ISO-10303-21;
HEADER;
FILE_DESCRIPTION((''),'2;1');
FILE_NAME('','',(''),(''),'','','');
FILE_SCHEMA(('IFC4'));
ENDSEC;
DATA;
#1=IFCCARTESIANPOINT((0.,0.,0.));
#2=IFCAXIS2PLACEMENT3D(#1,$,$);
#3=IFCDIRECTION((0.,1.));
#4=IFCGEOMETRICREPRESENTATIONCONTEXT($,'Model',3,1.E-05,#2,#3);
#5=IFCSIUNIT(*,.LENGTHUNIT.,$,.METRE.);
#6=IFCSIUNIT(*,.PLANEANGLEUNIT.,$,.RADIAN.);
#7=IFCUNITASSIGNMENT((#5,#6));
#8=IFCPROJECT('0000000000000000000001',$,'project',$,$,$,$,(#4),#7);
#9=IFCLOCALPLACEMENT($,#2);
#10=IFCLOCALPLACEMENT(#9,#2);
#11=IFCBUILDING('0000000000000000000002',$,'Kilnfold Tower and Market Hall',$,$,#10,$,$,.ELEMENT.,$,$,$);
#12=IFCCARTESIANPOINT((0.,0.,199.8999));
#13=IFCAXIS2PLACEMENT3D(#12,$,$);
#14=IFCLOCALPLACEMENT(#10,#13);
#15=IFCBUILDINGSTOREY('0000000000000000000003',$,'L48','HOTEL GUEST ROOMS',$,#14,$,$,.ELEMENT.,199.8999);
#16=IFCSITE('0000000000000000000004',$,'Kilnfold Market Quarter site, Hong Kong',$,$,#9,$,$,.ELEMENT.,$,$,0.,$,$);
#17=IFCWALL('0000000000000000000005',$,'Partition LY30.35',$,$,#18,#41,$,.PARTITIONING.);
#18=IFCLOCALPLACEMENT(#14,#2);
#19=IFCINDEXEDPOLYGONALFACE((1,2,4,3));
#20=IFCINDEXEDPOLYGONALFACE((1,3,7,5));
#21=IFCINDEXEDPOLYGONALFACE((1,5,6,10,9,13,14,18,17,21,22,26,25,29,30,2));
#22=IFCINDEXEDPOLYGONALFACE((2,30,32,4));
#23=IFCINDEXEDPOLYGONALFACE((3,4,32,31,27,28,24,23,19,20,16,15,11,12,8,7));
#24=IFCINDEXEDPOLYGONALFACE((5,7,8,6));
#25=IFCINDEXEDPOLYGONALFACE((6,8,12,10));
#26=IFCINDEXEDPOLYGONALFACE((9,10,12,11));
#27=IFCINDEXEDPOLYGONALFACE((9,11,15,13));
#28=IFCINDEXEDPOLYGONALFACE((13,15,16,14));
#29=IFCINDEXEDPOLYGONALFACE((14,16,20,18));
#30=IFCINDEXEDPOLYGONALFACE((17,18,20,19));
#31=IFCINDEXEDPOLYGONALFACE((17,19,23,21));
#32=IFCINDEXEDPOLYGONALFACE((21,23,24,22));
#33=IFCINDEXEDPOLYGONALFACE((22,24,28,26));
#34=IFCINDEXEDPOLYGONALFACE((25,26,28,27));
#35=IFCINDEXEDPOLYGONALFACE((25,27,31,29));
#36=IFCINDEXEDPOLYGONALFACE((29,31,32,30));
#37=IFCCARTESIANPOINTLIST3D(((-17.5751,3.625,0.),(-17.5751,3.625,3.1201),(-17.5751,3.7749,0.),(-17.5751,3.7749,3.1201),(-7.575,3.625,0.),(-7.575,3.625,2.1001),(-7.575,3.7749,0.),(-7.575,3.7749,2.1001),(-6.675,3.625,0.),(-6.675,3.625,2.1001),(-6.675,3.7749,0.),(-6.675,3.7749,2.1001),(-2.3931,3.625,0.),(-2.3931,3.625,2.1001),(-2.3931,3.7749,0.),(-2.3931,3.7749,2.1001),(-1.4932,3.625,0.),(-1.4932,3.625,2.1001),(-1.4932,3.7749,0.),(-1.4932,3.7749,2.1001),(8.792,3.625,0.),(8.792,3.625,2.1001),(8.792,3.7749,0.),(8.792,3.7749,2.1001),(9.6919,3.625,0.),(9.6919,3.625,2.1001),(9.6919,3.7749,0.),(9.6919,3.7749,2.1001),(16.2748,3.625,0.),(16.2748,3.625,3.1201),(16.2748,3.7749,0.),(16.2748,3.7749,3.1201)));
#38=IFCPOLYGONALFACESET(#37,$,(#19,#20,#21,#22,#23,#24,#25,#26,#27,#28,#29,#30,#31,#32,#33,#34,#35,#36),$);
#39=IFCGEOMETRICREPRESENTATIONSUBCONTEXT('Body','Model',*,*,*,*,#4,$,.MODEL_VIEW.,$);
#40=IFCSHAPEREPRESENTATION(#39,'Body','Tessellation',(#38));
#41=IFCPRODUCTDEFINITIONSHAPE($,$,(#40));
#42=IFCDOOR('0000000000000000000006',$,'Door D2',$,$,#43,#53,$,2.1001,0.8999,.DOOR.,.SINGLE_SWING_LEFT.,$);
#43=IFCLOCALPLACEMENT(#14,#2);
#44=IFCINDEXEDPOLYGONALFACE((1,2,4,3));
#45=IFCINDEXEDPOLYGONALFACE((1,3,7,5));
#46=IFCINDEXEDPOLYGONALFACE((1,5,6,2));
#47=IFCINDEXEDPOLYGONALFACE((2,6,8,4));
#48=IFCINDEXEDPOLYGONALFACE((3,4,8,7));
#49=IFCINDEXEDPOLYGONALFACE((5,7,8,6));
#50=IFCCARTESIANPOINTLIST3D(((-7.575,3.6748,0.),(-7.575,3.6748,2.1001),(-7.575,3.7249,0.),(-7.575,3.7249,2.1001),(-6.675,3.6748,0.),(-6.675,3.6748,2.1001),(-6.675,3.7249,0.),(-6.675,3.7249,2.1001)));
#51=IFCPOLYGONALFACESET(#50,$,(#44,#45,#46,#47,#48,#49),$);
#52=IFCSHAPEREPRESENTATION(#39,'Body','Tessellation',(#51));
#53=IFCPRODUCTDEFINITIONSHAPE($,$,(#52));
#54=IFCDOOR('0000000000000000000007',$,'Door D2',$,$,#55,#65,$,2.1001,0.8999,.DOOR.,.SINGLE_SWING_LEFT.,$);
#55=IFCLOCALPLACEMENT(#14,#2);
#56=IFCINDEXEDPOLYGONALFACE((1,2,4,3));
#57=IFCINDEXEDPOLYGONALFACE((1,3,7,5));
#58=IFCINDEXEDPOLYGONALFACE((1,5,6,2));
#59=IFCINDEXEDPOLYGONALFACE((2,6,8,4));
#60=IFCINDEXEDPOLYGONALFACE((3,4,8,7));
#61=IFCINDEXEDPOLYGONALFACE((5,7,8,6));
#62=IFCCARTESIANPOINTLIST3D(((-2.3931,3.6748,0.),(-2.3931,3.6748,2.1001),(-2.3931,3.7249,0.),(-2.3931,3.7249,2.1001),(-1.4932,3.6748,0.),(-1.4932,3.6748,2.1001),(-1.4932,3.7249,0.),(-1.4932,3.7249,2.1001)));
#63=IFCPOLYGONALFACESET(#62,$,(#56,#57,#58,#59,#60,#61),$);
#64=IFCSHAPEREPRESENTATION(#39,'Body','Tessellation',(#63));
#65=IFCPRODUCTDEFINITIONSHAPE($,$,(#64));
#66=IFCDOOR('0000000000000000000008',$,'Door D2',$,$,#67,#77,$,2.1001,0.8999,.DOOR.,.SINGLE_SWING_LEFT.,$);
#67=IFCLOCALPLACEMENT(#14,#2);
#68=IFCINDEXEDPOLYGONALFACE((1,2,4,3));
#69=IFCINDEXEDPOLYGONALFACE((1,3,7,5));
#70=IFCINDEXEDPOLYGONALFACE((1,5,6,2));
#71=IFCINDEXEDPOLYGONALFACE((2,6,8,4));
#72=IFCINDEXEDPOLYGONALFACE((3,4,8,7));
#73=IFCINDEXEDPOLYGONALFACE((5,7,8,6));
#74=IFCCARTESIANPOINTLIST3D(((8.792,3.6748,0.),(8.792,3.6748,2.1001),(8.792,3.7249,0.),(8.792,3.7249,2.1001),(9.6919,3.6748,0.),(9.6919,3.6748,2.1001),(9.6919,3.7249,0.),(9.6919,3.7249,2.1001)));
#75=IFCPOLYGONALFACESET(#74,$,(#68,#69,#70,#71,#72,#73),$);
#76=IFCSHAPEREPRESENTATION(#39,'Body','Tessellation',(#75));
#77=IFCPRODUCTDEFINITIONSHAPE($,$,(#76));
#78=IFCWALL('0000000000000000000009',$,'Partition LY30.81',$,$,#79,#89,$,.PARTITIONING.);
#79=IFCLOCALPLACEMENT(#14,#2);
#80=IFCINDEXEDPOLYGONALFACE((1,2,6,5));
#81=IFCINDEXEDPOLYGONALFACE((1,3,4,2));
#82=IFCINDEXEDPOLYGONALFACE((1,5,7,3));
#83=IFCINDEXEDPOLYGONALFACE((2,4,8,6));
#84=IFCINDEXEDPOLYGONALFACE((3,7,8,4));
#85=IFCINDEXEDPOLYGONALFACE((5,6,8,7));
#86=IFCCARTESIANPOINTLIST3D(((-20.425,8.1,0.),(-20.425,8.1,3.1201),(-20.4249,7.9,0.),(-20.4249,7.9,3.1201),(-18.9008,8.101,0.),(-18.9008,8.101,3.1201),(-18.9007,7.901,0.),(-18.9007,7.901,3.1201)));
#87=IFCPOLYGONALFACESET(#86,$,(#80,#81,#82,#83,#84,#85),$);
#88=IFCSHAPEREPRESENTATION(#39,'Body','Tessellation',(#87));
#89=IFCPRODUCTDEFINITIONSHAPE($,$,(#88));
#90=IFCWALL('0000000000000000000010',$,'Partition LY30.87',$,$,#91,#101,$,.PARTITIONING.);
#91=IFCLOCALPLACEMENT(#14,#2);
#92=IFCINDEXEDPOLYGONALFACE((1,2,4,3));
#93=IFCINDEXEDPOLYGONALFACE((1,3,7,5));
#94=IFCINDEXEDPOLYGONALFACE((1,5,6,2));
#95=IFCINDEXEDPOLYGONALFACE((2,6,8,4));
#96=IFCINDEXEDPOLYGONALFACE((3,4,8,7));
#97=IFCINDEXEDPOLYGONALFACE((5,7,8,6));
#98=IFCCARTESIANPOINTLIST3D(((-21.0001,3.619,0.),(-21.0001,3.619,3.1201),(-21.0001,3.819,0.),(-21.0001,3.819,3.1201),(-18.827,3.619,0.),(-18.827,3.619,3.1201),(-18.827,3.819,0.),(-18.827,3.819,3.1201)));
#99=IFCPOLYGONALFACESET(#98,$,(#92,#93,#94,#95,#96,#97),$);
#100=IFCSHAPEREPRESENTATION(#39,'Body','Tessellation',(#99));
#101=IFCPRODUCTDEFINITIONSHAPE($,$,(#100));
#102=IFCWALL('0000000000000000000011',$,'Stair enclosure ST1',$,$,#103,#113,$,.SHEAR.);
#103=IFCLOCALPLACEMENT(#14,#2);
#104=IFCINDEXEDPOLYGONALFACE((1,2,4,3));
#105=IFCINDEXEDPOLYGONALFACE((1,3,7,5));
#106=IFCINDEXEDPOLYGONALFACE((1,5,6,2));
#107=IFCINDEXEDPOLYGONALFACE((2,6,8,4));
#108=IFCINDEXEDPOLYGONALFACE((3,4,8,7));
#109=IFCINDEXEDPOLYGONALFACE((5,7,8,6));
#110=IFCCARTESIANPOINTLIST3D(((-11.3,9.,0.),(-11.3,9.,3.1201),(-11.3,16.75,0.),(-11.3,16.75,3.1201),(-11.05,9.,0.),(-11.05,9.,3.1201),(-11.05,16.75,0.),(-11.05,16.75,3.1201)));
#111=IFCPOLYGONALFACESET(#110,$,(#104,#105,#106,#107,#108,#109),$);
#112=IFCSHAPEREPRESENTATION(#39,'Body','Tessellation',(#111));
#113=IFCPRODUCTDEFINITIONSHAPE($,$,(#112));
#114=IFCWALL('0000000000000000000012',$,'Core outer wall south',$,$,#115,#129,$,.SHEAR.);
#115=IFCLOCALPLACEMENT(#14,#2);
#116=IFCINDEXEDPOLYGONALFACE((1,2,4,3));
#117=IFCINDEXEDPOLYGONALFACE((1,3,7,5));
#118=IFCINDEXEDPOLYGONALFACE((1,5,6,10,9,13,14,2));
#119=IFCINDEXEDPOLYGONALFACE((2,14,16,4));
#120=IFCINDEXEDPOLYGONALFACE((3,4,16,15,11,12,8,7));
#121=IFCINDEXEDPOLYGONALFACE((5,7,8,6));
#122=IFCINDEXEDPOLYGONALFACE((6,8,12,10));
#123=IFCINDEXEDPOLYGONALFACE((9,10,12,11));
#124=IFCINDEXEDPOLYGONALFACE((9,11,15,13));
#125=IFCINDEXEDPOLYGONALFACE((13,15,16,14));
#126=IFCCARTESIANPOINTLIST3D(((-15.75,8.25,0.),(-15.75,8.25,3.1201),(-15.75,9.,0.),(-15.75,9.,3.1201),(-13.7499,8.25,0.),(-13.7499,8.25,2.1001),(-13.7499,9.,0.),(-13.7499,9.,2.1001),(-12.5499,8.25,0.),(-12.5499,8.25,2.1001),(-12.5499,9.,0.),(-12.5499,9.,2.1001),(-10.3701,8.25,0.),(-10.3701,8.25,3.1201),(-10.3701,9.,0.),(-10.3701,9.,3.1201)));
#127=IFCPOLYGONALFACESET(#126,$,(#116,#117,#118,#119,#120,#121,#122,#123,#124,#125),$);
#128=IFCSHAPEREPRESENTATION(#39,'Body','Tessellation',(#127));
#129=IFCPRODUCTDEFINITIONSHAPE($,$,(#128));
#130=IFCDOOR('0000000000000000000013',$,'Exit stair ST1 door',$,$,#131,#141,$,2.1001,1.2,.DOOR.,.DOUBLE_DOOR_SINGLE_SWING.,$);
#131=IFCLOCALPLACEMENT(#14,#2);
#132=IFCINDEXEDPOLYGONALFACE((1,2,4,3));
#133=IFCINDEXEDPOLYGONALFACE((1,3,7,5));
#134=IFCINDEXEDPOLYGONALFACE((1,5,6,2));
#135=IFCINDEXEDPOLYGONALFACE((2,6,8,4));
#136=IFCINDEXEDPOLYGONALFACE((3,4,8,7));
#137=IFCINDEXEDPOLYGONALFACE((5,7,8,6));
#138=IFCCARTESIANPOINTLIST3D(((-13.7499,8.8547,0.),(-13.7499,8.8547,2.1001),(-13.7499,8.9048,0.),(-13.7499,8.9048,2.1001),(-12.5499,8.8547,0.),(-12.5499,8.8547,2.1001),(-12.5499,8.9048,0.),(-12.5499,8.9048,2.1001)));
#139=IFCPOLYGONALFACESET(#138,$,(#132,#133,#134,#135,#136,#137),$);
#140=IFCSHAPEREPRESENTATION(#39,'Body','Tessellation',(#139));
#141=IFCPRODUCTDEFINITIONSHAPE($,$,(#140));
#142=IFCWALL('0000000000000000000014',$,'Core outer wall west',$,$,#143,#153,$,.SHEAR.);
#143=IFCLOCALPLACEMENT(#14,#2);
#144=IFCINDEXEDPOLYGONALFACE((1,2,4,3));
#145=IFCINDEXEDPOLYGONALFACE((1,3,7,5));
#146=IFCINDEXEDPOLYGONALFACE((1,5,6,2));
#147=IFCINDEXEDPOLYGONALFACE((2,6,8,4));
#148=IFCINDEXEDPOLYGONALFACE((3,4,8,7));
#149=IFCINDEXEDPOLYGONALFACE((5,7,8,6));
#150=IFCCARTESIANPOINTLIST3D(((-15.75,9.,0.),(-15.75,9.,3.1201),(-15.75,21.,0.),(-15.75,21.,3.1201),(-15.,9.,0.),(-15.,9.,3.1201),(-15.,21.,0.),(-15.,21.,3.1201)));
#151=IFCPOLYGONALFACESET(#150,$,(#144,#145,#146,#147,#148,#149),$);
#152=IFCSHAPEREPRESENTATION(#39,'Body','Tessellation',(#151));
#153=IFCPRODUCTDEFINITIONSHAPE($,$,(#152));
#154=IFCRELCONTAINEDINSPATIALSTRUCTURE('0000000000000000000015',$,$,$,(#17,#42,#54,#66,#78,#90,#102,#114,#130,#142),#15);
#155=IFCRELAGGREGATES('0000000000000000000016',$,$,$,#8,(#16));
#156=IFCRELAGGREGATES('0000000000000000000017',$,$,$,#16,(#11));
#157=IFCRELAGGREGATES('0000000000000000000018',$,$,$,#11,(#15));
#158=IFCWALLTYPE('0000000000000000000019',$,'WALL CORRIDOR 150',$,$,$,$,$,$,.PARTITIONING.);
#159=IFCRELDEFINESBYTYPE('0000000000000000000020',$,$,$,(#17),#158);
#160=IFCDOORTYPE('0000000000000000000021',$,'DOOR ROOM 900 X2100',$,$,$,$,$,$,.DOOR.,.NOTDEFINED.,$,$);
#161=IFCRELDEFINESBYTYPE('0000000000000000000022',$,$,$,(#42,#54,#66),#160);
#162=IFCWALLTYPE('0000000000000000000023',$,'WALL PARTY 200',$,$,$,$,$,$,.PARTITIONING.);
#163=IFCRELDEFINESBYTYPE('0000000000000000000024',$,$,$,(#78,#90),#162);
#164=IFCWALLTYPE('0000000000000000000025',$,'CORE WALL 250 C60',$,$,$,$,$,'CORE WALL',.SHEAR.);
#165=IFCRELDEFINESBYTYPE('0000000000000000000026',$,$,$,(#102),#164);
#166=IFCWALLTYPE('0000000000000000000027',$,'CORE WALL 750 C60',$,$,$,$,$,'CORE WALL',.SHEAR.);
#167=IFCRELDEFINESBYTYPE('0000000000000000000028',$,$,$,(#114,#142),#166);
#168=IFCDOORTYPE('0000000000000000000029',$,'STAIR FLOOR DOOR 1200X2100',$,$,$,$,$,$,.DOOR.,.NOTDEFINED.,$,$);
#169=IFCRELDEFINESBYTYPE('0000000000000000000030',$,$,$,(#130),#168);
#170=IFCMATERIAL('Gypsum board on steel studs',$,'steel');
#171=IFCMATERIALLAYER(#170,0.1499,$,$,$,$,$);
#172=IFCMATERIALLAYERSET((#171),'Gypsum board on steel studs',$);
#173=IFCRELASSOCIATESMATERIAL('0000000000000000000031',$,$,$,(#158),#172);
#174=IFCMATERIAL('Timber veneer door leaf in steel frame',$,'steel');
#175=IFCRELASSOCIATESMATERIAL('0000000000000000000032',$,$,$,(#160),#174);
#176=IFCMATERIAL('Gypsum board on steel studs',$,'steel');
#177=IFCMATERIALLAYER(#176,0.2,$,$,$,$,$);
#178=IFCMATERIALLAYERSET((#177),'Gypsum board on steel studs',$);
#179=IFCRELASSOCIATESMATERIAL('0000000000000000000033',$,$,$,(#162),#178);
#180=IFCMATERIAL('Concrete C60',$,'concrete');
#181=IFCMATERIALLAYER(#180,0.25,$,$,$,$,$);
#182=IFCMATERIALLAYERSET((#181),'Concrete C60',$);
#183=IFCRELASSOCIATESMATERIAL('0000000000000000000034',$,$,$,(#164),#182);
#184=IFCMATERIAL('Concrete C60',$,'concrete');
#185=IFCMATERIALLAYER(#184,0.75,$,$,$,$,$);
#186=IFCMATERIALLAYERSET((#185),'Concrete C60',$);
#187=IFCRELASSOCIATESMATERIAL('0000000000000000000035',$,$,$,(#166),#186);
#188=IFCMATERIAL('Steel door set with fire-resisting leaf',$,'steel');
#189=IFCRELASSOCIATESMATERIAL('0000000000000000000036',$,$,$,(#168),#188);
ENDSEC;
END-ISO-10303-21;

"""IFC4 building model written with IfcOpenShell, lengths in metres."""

from ifc_helpers import new_model, si_unit, direction, frame, frame_2d, origin, place, context, subcontext, project, spatial, rectangle, extrude, source, transform, mapped, material, layer, layer_set, type_object, element, fill, save


model = new_model("IFC4")

# Units and contexts
model_context = context("Model", 3, precision=1e-05, world=origin(), true_north=direction((0.0, 1.0)))
body_context = subcontext(model_context, "Body", "Model", "MODEL_VIEW")
ifc_project = project(units=[si_unit("LENGTHUNIT", "METRE"), si_unit("PLANEANGLEUNIT", "RADIAN")], contexts=[model_context])

# Site, building, storey
site_placement = place(None, origin())
site = spatial("IfcSite", under=ifc_project, at=site_placement, Name="Kilnfold Market Quarter site, Hong Kong", CompositionType="ELEMENT", RefElevation=0.0)
building_placement = place(site_placement, origin())
building = spatial("IfcBuilding", under=site, at=building_placement, Name="Kilnfold Tower and Market Hall", CompositionType="ELEMENT")
storey_placement = place(building_placement, frame((0.0, 0.0, 199.8999)))
storey = spatial("IfcBuildingStorey", under=building, at=storey_placement, Name="L48", Description="HOTEL GUEST ROOMS", CompositionType="ELEMENT", Elevation=199.8999)

# Shared definitions
ifc_material_1 = material(Name="Gypsum board on steel studs", Category="steel")
ifc_layer_1 = layer(ifc_material_1, 0.1499)
ifc_layer_set_1 = layer_set([ifc_layer_1], Name="Gypsum board on steel studs")
wall_type_1 = type_object("IfcWallType", Name="WALL CORRIDOR 150", PredefinedType="PARTITIONING", material=ifc_layer_set_1)

# Wall, openings, doors
wall_1_placement = place(storey_placement, frame((-17.575, 3.7, 0.0), z_axis=(0.0, 0.0, 1.0), x_axis=(1.0, 0.0, 0.0)))
wall_1 = element("IfcWall", 1, at=wall_1_placement, inside=storey, type_object=wall_type_1, Name="Partition LY30.35", PredefinedType="PARTITIONING", context=body_context, shape_type="SweptSolid", body=[
    extrude(rectangle(XDim=33.8499, YDim=0.1499, at=frame_2d((16.9248, 0.0))), origin(), (0.0, 0.0, 1.0), 3.1201),
])
opening_1_placement = place(wall_1_placement, frame((10.0, 0.0, 0.0)))
opening_1 = element("IfcOpeningElement", 2, at=opening_1_placement, cuts=wall_1, PredefinedType="OPENING", context=body_context, shape_type="SweptSolid", body=[
    extrude(rectangle(XDim=0.8999, YDim=2.1001, at=frame_2d((0.45, 1.05))), frame((0.0, 0.085, 0.0), z_axis=(0.0, -1.0, 0.0), x_axis=(1.0, 0.0, 0.0)), (0.0, 0.0, 1.0), 0.1699),
])
opening_2_placement = place(wall_1_placement, frame((15.1819, 0.0, 0.0)))
opening_2 = element("IfcOpeningElement", 3, at=opening_2_placement, cuts=wall_1, PredefinedType="OPENING", context=body_context, shape_type="SweptSolid", body=[
    extrude(rectangle(XDim=0.8999, YDim=2.1001, at=frame_2d((0.45, 1.05))), frame((0.0, 0.085, 0.0), z_axis=(0.0, -1.0, 0.0), x_axis=(1.0, 0.0, 0.0)), (0.0, 0.0, 1.0), 0.1699),
])
opening_3_placement = place(wall_1_placement, frame((26.3669, 0.0, 0.0)))
opening_3 = element("IfcOpeningElement", 4, at=opening_3_placement, cuts=wall_1, PredefinedType="OPENING", context=body_context, shape_type="SweptSolid", body=[
    extrude(rectangle(XDim=0.8999, YDim=2.1001, at=frame_2d((0.45, 1.05))), frame((0.0, 0.085, 0.0), z_axis=(0.0, -1.0, 0.0), x_axis=(1.0, 0.0, 0.0)), (0.0, 0.0, 1.0), 0.1699),
])
ifc_material_2 = material(Name="Timber veneer door leaf in steel frame", Category="steel")
door_type_1 = type_object("IfcDoorType", Name="DOOR ROOM 900 X2100", OperationType="NOTDEFINED", PredefinedType="DOOR", material=ifc_material_2)
door_1_placement = place(opening_1_placement, origin())
door_1 = element("IfcDoor", 5, at=door_1_placement, inside=storey, type_object=door_type_1, Name="Door D2", OperationType="SINGLE_SWING_LEFT", OverallHeight=2.1001, OverallWidth=0.8999, PredefinedType="DOOR", context=body_context, shape_type="SweptSolid", body=[
    extrude(rectangle(XDim=0.8999, YDim=2.1001, at=frame_2d((0.45, 1.05))), frame((0.0, 0.0249, 0.0), z_axis=(0.0, -1.0, 0.0), x_axis=(1.0, 0.0, 0.0)), (0.0, 0.0, 1.0), 0.05),
])
fill(opening_1, door_1)
door_2_placement = place(opening_2_placement, origin())
door_2 = element("IfcDoor", 6, at=door_2_placement, inside=storey, type_object=door_type_1, Name="Door D2", OperationType="SINGLE_SWING_LEFT", OverallHeight=2.1001, OverallWidth=0.8999, PredefinedType="DOOR", context=body_context, shape_type="SweptSolid", body=[
    extrude(rectangle(XDim=0.8999, YDim=2.1001, at=frame_2d((0.45, 1.05))), frame((0.0, 0.0249, 0.0), z_axis=(0.0, -1.0, 0.0), x_axis=(1.0, 0.0, 0.0)), (0.0, 0.0, 1.0), 0.05),
])
fill(opening_2, door_2)
door_3_placement = place(opening_3_placement, origin())
door_3 = element("IfcDoor", 7, at=door_3_placement, inside=storey, type_object=door_type_1, Name="Door D2", OperationType="SINGLE_SWING_LEFT", OverallHeight=2.1001, OverallWidth=0.8999, PredefinedType="DOOR", context=body_context, shape_type="SweptSolid", body=[
    extrude(rectangle(XDim=0.8999, YDim=2.1001, at=frame_2d((0.45, 1.05))), frame((0.0, 0.0249, 0.0), z_axis=(0.0, -1.0, 0.0), x_axis=(1.0, 0.0, 0.0)), (0.0, 0.0, 1.0), 0.05),
])
fill(opening_3, door_3)

# Walls
ifc_material_3 = material(Name="Gypsum board on steel studs", Category="steel")
ifc_layer_2 = layer(ifc_material_3, 0.2)
ifc_layer_set_2 = layer_set([ifc_layer_2], Name="Gypsum board on steel studs")
wall_type_2 = type_object("IfcWallType", Name="WALL PARTY 200", PredefinedType="PARTITIONING", material=ifc_layer_set_2)
wall_2_placement = place(storey_placement, frame((-20.425, 8.0, 0.0), z_axis=(0.0, 0.0, 1.0), x_axis=(1.0, 0.000641, 0.0)))
element("IfcWall", 8, at=wall_2_placement, inside=storey, type_object=wall_type_2, Name="Partition LY30.81", PredefinedType="PARTITIONING", context=body_context, shape_type="SweptSolid", body=[
    extrude(rectangle(XDim=1.5242, YDim=0.2, at=frame_2d((0.7622, 0.0))), origin(), (0.0, 0.0, 1.0), 3.1201),
])
wall_3_placement = place(storey_placement, frame((-21.0, 3.719, 0.0), z_axis=(0.0, 0.0, 1.0), x_axis=(1.0, 0.0, 0.0)))
element("IfcWall", 9, at=wall_3_placement, inside=storey, type_object=wall_type_2, Name="Partition LY30.87", PredefinedType="PARTITIONING", context=body_context, shape_type="SweptSolid", body=[
    extrude(rectangle(XDim=2.1731, YDim=0.2, at=frame_2d((1.0864, 0.0))), origin(), (0.0, 0.0, 1.0), 3.1201),
])
ifc_material_4 = material(Name="Concrete C60", Category="concrete")
ifc_layer_3 = layer(ifc_material_4, 0.25)
ifc_layer_set_3 = layer_set([ifc_layer_3], Name="Concrete C60")
wall_type_3 = type_object("IfcWallType", Name="CORE WALL 250 C60", ElementType="CORE WALL", PredefinedType="SHEAR", material=ifc_layer_set_3)
shared_shape_1 = source(origin(), body_context, "Body", "SweptSolid", [
    extrude(rectangle(XDim=7.75, YDim=0.25, at=frame_2d((3.875, 0.0))), origin(), (0.0, 0.0, 1.0), 3.1201),
])
wall_4_placement = place(storey_placement, frame((-11.175, 9.0, 0.0), z_axis=(0.0, 0.0, 1.0), x_axis=(0.0, 1.0, 0.0)))
element("IfcWall", 10, at=wall_4_placement, inside=storey, type_object=wall_type_3, Name="Stair enclosure ST1", PredefinedType="SHEAR", context=body_context, shape_type="MappedRepresentation", body=[
    mapped(shared_shape_1, transform((0.0, 0.0, 0.0))),
])

# Wall, opening, door
ifc_material_5 = material(Name="Concrete C60", Category="concrete")
ifc_layer_4 = layer(ifc_material_5, 0.75)
ifc_layer_set_4 = layer_set([ifc_layer_4], Name="Concrete C60")
wall_type_4 = type_object("IfcWallType", Name="CORE WALL 750 C60", ElementType="CORE WALL", PredefinedType="SHEAR", material=ifc_layer_set_4)
shared_shape_2 = source(origin(), body_context, "Body", "SweptSolid", [
    extrude(rectangle(XDim=5.3799, YDim=0.75, at=frame_2d((2.6899, 0.0))), origin(), (0.0, 0.0, 1.0), 3.1201),
])
wall_5_placement = place(storey_placement, frame((-15.75, 8.625, 0.0), z_axis=(0.0, 0.0, 1.0), x_axis=(1.0, 0.0, 0.0)))
wall_5 = element("IfcWall", 11, at=wall_5_placement, inside=storey, type_object=wall_type_4, Name="Core outer wall south", PredefinedType="SHEAR", context=body_context, shape_type="MappedRepresentation", body=[
    mapped(shared_shape_2, transform((0.0, 0.0, 0.0))),
])
opening_4_placement = place(wall_5_placement, frame((2.0, 0.0, 0.0)))
opening_4 = element("IfcOpeningElement", 12, at=opening_4_placement, cuts=wall_5, PredefinedType="OPENING", context=body_context, shape_type="SweptSolid", body=[
    extrude(rectangle(XDim=1.2, YDim=2.1001, at=frame_2d((0.6001, 1.05))), frame((0.0, 0.385, 0.0), z_axis=(0.0, -1.0, 0.0), x_axis=(1.0, 0.0, 0.0)), (0.0, 0.0, 1.0), 0.77),
])
ifc_material_6 = material(Name="Steel door set with fire-resisting leaf", Category="steel")
door_type_2 = type_object("IfcDoorType", Name="STAIR FLOOR DOOR 1200X2100", OperationType="NOTDEFINED", PredefinedType="DOOR", material=ifc_material_6)
door_4_placement = place(opening_4_placement, origin())
door_4 = element("IfcDoor", 13, at=door_4_placement, inside=storey, type_object=door_type_2, Name="Exit stair ST1 door", OperationType="DOUBLE_DOOR_SINGLE_SWING", OverallHeight=2.1001, OverallWidth=1.2, PredefinedType="DOOR", context=body_context, shape_type="SweptSolid", body=[
    extrude(rectangle(XDim=1.2, YDim=2.1001, at=frame_2d((0.6001, 1.05))), frame((0.0, 0.2798, 0.0), z_axis=(0.0, -1.0, 0.0), x_axis=(1.0, 0.0, 0.0)), (0.0, 0.0, 1.0), 0.05),
])
fill(opening_4, door_4)

# Wall
shared_shape_3 = source(origin(), body_context, "Body", "SweptSolid", [
    extrude(rectangle(XDim=12.0, YDim=0.75, at=frame_2d((6.0, 0.0))), origin(), (0.0, 0.0, 1.0), 3.1201),
])
wall_6_placement = place(storey_placement, frame((-15.375, 9.0, 0.0), z_axis=(0.0, 0.0, 1.0), x_axis=(0.0, 1.0, 0.0)))
element("IfcWall", 14, at=wall_6_placement, inside=storey, type_object=wall_type_4, Name="Core outer wall west", PredefinedType="SHEAR", context=body_context, shape_type="MappedRepresentation", body=[
    mapped(shared_shape_3, transform((0.0, 0.0, 0.0))),
])

save(model, "model.ifc")
